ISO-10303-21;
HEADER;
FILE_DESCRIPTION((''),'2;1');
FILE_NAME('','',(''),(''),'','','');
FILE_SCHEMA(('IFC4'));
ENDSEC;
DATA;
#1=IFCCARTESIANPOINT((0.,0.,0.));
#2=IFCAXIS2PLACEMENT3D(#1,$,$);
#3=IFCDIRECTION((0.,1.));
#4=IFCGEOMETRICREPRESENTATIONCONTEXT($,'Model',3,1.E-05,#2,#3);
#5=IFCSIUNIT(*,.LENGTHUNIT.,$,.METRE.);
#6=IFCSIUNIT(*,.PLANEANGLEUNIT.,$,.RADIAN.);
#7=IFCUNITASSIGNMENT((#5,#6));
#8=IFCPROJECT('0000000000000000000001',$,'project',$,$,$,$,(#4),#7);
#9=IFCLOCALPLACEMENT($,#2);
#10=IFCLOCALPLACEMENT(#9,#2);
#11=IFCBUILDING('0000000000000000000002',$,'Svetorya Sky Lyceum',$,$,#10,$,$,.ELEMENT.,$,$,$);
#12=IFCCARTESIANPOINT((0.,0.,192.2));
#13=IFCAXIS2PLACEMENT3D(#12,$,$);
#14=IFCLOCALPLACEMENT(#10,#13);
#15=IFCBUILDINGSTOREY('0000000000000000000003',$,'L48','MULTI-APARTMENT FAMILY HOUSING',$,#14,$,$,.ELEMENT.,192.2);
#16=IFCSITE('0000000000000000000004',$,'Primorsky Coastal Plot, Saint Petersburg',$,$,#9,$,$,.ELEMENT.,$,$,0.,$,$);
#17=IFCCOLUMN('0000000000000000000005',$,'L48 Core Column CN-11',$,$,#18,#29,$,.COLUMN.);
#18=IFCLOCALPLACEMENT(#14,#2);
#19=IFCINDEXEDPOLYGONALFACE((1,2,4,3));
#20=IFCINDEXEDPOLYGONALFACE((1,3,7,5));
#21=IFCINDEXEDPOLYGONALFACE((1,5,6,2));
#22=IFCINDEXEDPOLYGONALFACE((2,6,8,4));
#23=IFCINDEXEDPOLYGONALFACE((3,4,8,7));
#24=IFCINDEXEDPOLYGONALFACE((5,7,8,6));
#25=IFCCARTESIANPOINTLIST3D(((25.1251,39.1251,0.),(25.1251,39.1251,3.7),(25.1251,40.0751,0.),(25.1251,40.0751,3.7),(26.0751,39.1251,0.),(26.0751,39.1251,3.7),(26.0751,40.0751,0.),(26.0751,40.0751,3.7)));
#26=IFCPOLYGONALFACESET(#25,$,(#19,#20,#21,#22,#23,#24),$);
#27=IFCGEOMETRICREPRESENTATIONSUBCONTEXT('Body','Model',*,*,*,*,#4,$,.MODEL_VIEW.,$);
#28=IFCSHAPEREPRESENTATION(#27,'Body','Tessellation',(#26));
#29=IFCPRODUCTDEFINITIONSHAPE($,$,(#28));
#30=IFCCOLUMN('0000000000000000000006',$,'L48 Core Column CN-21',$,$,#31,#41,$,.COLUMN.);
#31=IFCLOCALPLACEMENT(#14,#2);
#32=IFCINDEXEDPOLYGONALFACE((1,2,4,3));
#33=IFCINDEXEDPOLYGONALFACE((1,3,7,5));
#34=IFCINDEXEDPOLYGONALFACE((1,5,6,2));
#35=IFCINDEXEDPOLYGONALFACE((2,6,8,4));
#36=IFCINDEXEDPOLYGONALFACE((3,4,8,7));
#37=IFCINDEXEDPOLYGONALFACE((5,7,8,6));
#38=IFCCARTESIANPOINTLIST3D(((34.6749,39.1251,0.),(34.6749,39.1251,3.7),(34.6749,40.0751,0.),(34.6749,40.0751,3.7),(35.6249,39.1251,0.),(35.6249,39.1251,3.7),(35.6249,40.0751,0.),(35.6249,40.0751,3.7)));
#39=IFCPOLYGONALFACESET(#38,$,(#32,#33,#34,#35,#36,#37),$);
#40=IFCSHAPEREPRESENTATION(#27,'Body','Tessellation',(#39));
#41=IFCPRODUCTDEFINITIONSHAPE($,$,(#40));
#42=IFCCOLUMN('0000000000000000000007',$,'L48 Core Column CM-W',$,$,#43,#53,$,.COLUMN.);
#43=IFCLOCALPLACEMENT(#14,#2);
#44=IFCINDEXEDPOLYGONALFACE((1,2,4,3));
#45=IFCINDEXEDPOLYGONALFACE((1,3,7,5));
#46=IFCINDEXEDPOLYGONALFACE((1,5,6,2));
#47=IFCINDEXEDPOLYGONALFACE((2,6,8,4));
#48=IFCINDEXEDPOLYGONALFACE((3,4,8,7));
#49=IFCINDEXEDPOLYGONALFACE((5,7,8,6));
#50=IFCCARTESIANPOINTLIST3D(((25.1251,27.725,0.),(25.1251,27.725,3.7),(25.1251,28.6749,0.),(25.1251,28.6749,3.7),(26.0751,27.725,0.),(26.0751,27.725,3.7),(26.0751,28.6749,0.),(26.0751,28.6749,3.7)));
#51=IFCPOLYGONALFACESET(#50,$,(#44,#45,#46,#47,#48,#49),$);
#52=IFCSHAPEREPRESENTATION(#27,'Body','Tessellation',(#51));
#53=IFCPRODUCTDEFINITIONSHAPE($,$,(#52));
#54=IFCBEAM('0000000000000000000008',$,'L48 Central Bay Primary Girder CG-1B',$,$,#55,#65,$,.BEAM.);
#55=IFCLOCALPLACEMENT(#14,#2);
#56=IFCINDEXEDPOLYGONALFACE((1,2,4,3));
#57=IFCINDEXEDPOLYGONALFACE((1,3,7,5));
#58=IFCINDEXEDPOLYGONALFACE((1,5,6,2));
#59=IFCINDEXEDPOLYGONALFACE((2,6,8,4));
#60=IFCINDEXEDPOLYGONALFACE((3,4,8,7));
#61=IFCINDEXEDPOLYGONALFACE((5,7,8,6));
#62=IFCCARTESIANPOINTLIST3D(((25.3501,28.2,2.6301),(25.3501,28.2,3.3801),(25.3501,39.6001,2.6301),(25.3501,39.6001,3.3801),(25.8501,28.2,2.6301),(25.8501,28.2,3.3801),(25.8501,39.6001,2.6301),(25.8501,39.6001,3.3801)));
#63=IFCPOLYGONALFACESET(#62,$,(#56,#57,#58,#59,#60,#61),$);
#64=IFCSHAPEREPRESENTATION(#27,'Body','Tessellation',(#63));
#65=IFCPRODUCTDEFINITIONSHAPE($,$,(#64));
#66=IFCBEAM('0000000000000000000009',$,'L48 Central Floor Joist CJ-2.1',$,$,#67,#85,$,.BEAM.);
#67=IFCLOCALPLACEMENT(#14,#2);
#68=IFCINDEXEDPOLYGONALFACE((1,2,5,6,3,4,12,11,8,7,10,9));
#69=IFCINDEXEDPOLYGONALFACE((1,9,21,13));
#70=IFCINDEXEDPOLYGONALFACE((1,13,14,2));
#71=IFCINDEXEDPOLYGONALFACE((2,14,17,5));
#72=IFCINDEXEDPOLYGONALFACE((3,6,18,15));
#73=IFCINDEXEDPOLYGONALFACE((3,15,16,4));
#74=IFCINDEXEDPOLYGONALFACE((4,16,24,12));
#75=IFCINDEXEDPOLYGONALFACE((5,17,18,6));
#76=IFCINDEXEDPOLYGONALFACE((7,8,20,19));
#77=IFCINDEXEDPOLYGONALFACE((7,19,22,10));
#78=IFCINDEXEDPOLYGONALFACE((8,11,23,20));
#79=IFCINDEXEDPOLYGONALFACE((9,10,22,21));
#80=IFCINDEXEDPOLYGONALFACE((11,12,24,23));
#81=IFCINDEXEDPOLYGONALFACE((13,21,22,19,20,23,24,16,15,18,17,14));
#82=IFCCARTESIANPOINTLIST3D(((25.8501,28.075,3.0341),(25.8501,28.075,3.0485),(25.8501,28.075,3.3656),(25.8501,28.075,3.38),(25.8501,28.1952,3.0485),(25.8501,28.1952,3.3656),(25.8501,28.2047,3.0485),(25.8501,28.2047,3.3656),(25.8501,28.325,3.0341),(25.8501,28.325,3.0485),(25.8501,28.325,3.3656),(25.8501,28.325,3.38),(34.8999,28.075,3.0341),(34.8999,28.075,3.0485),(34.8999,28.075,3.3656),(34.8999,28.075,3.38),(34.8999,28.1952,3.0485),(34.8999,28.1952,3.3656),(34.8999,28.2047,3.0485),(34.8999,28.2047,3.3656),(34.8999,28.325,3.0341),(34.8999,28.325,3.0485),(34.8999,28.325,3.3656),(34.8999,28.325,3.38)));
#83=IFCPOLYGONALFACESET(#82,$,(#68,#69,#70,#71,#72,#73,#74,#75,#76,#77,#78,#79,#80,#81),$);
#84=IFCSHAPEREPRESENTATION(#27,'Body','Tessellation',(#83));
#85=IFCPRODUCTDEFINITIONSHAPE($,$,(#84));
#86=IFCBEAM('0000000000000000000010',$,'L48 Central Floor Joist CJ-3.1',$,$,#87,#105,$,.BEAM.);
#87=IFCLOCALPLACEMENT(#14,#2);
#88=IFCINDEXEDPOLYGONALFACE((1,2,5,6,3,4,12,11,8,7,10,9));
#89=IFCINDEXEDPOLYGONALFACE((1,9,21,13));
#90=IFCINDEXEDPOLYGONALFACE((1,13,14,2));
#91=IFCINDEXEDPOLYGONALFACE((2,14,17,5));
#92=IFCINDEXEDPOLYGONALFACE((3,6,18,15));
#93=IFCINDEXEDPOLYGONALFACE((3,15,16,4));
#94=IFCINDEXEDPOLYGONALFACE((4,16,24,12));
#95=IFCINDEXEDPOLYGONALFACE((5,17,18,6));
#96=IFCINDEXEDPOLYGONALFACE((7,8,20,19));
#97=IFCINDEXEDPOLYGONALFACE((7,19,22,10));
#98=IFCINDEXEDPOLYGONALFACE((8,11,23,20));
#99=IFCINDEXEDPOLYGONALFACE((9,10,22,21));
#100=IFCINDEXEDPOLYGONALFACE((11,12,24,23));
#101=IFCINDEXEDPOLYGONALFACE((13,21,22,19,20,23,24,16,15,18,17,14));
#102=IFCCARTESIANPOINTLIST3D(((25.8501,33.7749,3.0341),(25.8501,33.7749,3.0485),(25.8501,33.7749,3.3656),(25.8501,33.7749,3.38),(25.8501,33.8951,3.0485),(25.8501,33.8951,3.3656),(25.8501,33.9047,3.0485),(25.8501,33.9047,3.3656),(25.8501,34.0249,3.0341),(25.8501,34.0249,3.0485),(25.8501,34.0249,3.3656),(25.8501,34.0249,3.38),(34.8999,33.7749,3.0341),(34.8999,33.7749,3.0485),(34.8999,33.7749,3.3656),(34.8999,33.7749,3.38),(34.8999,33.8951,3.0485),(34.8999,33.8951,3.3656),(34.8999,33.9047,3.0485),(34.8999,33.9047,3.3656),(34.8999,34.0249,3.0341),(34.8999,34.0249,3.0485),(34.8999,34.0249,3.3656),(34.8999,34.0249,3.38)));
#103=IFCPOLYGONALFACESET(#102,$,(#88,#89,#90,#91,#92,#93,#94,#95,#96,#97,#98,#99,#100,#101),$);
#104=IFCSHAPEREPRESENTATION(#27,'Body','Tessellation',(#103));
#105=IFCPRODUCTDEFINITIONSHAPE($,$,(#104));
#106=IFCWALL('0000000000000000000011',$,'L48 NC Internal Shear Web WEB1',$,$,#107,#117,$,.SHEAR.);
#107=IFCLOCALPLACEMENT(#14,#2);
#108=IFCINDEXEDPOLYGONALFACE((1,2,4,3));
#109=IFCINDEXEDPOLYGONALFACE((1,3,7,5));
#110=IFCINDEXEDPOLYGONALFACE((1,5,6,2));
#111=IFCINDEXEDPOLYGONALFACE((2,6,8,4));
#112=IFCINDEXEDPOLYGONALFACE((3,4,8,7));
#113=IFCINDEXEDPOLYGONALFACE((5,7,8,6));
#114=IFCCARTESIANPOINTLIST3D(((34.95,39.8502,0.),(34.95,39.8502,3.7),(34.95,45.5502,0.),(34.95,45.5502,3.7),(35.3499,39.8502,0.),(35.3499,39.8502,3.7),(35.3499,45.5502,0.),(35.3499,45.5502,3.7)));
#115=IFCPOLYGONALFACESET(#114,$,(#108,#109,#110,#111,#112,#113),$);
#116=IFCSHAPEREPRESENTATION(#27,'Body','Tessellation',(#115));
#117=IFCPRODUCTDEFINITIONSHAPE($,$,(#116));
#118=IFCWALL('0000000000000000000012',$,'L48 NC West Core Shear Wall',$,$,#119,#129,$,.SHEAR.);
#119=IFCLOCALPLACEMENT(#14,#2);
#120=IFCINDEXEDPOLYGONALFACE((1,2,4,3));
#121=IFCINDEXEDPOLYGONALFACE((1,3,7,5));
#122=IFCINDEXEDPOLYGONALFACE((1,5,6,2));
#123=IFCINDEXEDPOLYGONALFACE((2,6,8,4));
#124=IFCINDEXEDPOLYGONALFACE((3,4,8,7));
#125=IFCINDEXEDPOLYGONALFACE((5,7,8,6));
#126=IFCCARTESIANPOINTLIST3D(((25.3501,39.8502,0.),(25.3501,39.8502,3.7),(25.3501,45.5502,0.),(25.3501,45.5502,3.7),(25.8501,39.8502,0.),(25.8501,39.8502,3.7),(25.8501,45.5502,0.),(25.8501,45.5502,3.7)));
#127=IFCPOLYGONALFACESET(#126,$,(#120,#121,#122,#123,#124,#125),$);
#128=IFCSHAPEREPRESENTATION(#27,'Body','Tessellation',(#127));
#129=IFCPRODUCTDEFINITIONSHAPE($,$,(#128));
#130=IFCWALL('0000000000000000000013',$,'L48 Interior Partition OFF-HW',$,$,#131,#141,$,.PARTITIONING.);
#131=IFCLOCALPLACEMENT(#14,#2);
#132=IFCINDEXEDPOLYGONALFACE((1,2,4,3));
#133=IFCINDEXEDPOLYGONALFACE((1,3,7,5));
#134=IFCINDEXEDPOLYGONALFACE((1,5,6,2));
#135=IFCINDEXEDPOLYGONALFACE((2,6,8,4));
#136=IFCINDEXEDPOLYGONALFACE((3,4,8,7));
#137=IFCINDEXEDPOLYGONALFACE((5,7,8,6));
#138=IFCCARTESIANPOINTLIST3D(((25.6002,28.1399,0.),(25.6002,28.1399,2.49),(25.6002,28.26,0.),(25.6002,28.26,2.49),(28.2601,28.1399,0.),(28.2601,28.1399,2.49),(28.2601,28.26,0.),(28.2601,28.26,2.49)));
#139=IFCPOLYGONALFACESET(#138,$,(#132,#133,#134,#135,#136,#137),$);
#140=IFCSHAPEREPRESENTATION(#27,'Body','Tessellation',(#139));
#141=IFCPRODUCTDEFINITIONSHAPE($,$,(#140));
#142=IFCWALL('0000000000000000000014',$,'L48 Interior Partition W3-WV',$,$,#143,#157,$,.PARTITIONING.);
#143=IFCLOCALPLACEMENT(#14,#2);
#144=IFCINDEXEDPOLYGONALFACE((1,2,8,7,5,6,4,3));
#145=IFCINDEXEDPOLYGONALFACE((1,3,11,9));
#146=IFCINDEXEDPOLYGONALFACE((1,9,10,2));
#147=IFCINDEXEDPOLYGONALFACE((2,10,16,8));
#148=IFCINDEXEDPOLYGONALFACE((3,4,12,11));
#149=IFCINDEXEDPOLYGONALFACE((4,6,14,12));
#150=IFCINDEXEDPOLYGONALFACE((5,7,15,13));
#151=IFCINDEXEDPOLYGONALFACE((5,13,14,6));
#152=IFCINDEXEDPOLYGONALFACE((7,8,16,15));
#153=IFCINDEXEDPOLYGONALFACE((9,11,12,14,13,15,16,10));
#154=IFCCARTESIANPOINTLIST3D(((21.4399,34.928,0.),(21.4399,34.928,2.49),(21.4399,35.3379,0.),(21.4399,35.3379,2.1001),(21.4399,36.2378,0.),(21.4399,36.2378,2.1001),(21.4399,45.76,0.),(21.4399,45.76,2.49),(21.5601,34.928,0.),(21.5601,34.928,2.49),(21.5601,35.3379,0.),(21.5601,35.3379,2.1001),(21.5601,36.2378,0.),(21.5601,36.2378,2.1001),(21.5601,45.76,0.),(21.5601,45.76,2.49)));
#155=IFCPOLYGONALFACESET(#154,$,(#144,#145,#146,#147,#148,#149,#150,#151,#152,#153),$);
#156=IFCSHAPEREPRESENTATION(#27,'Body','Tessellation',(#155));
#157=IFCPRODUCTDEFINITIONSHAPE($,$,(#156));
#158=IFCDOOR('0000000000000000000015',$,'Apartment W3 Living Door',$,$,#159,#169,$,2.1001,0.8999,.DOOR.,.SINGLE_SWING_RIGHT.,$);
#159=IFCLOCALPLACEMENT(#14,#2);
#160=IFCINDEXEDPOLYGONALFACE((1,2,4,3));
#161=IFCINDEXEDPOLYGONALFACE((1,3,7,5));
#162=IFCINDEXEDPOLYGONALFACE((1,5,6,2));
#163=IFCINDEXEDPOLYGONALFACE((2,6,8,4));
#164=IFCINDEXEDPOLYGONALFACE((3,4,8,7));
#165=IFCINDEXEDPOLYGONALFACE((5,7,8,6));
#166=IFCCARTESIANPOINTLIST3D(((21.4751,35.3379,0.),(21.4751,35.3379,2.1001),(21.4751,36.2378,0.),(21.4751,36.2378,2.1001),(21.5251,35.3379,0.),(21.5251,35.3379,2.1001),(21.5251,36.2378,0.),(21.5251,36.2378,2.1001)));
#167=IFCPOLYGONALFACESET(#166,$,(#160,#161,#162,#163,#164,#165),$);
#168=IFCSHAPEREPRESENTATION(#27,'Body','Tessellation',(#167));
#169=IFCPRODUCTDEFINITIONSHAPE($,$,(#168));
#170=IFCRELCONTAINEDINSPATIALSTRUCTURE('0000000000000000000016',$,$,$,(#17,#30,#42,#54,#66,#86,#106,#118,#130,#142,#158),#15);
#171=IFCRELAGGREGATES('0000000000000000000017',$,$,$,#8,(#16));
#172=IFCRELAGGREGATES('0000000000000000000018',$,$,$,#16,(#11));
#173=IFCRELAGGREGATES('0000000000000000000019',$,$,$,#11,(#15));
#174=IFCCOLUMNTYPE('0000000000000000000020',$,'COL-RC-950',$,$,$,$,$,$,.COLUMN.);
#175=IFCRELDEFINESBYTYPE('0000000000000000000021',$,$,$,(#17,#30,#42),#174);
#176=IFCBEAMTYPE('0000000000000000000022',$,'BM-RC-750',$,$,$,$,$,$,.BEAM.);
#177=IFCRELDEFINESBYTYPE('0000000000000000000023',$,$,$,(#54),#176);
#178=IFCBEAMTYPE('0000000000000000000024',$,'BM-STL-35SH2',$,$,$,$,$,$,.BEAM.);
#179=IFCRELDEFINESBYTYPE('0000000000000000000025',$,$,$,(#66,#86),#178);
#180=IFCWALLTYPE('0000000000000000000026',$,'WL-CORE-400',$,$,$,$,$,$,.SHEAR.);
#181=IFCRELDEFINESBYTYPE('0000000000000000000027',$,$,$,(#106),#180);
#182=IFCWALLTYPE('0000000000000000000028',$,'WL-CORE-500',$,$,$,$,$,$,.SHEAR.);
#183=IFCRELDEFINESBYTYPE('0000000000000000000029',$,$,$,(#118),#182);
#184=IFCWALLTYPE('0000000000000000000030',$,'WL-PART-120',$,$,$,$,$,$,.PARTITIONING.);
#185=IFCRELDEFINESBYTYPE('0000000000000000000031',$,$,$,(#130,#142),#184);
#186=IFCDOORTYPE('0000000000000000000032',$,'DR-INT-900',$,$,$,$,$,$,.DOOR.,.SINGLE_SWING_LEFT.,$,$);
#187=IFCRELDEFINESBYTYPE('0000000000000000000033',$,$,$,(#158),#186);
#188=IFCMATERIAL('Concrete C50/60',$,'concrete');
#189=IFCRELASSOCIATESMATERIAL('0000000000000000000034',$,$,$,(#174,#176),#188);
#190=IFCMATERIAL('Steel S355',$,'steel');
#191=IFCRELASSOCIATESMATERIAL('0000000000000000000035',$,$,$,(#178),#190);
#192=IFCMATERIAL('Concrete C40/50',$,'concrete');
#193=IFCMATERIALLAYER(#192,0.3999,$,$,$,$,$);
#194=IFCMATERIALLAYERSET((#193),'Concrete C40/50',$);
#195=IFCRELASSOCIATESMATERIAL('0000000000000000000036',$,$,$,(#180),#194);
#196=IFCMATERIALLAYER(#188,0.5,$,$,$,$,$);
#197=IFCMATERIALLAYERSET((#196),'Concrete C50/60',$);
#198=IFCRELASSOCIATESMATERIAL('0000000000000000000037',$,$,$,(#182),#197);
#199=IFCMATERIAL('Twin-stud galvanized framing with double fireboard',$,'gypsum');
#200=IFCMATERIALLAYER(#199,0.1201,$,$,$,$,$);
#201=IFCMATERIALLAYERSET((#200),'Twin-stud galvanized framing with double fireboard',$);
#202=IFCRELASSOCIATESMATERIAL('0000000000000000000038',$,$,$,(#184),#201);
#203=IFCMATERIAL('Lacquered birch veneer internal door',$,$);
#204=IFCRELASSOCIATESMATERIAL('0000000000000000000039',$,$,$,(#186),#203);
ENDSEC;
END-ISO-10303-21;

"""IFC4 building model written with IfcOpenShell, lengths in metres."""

from ifc_helpers import new_model, si_unit, direction, frame, frame_2d, origin, origin_2d, place, context, subcontext, project, spatial, rectangle, i_section, extrude, material, layer, layer_set, material_profile, profile_set, type_object, element, fill, save


model = new_model("IFC4")

# Units and contexts
model_context = context("Model", 3, precision=1e-05, world=origin(), true_north=direction((0.0, 1.0)))
body_context = subcontext(model_context, "Body", "Model", "MODEL_VIEW")
ifc_project = project(units=[si_unit("LENGTHUNIT", "METRE"), si_unit("PLANEANGLEUNIT", "RADIAN")], contexts=[model_context])

# Site, building, storey
site_placement = place(None, origin())
site = spatial("IfcSite", under=ifc_project, at=site_placement, Name="Primorsky Coastal Plot, Saint Petersburg", CompositionType="ELEMENT", RefElevation=0.0)
building_placement = place(site_placement, origin())
building = spatial("IfcBuilding", under=site, at=building_placement, Name="Svetorya Sky Lyceum", CompositionType="ELEMENT")
storey_placement = place(building_placement, frame((0.0, 0.0, 192.2)))
storey = spatial("IfcBuildingStorey", under=building, at=storey_placement, Name="L48", Description="MULTI-APARTMENT FAMILY HOUSING", CompositionType="ELEMENT", Elevation=192.2)

# Columns
ifc_material_1 = material(Name="Concrete C50/60", Category="concrete")
ifc_material_profile_1 = material_profile(ifc_material_1, rectangle(XDim=0.95, YDim=0.95, at=origin_2d()), Name="RC COL 950x950")
ifc_profile_set_1 = profile_set([ifc_material_profile_1], Name="Concrete C50/60")
column_type = type_object("IfcColumnType", Name="COL-RC-950", PredefinedType="COLUMN", material=ifc_profile_set_1)
for number, where, z_axis, x_axis, name in (
    (1, (25.6001, 39.6001, 0.0), (0.0, 0.0, 1.0), (1.0, 0.0, 0.0), "L48 Core Column CN-11"),
    (2, (35.1499, 39.6001, 0.0), (0.0, 0.0, 1.0), (1.0, 0.0, 0.0), "L48 Core Column CN-21"),
    (3, (25.6001, 28.2, 0.0), (0.0, 0.0, 1.0), (1.0, 0.0, 0.0), "L48 Core Column CM-W"),
):
    element("IfcColumn", number, at=place(storey_placement, frame(where, z_axis=z_axis, x_axis=x_axis)), inside=storey, type_object=column_type, Name=name, PredefinedType="COLUMN", context=body_context, shape_type="SweptSolid", body=[
        extrude(rectangle(XDim=0.95, YDim=0.95, at=origin_2d()), origin(), (0.0, 0.0, 1.0), 3.7),
    ])

# Beams
ifc_material_profile_2 = material_profile(ifc_material_1, rectangle(XDim=0.5, YDim=0.75, at=origin_2d()), Name="RC BEAM 500x750")
ifc_profile_set_2 = profile_set([ifc_material_profile_2], Name="Concrete C50/60")
beam_type_1 = type_object("IfcBeamType", Name="BM-RC-750", PredefinedType="BEAM", material=ifc_profile_set_2)
beam_placement = place(storey_placement, frame((25.6001, 28.2, 3.0051), z_axis=(0.0, 1.0, 0.0), x_axis=(-1.0, 0.0, 0.0)))
element("IfcBeam", 4, at=beam_placement, inside=storey, type_object=beam_type_1, Name="L48 Central Bay Primary Girder CG-1B", PredefinedType="BEAM", context=body_context, shape_type="SweptSolid", body=[
    extrude(rectangle(XDim=0.5, YDim=0.75, at=origin_2d()), origin(), (0.0, 0.0, 1.0), 11.4001),
])
ifc_material_2 = material(Name="Steel S355", Category="steel")
ifc_material_profile_3 = material_profile(ifc_material_2, i_section(OverallWidth=0.25, OverallDepth=0.3459, WebThickness=0.0095, FlangeThickness=0.0144, at=origin_2d()), Name="GOST 35Sh2")
ifc_profile_set_3 = profile_set([ifc_material_profile_3], Name="Steel S355")
beam_type_2 = type_object("IfcBeamType", Name="BM-STL-35SH2", PredefinedType="BEAM", material=ifc_profile_set_3)
for number, where, z_axis, x_axis, name in (
    (5, (25.8501, 28.2, 3.207), (1.0, 0.0, 0.0), (0.0, 1.0, 0.0), "L48 Central Floor Joist CJ-2.1"),
    (6, (25.8501, 33.8999, 3.207), (1.0, 0.0, 0.0), (0.0, 1.0, 0.0), "L48 Central Floor Joist CJ-3.1"),
):
    element("IfcBeam", number, at=place(storey_placement, frame(where, z_axis=z_axis, x_axis=x_axis)), inside=storey, type_object=beam_type_2, Name=name, PredefinedType="BEAM", context=body_context, shape_type="SweptSolid", body=[
        extrude(i_section(OverallWidth=0.25, OverallDepth=0.3459, WebThickness=0.0095, FlangeThickness=0.0144, at=origin_2d()), origin(), (0.0, 0.0, 1.0), 9.0498),
    ])

# Walls
ifc_material_3 = material(Name="Concrete C40/50", Category="concrete")
ifc_layer_1 = layer(ifc_material_3, 0.3999)
ifc_layer_set_1 = layer_set([ifc_layer_1], Name="Concrete C40/50")
wall_type_1 = type_object("IfcWallType", Name="WL-CORE-400", PredefinedType="SHEAR", material=ifc_layer_set_1)
wall_1_placement = place(storey_placement, frame((35.1499, 39.8501, 0.0), z_axis=(0.0, 0.0, 1.0), x_axis=(0.0, 1.0, 0.0)))
element("IfcWall", 7, at=wall_1_placement, inside=storey, type_object=wall_type_1, Name="L48 NC Internal Shear Web WEB1", PredefinedType="SHEAR", context=body_context, shape_type="SweptSolid", body=[
    extrude(rectangle(XDim=5.7, YDim=0.3999, at=frame_2d((2.8501, 0.0))), origin(), (0.0, 0.0, 1.0), 3.7),
])
ifc_layer_2 = layer(ifc_material_1, 0.5)
ifc_layer_set_2 = layer_set([ifc_layer_2], Name="Concrete C50/60")
wall_type_2 = type_object("IfcWallType", Name="WL-CORE-500", PredefinedType="SHEAR", material=ifc_layer_set_2)
wall_2_placement = place(storey_placement, frame((25.6001, 39.8501, 0.0), z_axis=(0.0, 0.0, 1.0), x_axis=(0.0, 1.0, 0.0)))
element("IfcWall", 8, at=wall_2_placement, inside=storey, type_object=wall_type_2, Name="L48 NC West Core Shear Wall", PredefinedType="SHEAR", context=body_context, shape_type="SweptSolid", body=[
    extrude(rectangle(XDim=5.7, YDim=0.5, at=frame_2d((2.8501, 0.0))), origin(), (0.0, 0.0, 1.0), 3.7),
])
ifc_material_4 = material(Name="Twin-stud galvanized framing with double fireboard", Category="gypsum")
ifc_layer_3 = layer(ifc_material_4, 0.1201)
ifc_layer_set_3 = layer_set([ifc_layer_3], Name="Twin-stud galvanized framing with double fireboard")
wall_type_3 = type_object("IfcWallType", Name="WL-PART-120", PredefinedType="PARTITIONING", material=ifc_layer_set_3)
wall_3_placement = place(storey_placement, frame((25.6001, 28.2, 0.0), z_axis=(0.0, 0.0, 1.0), x_axis=(1.0, 0.0, 0.0)))
element("IfcWall", 9, at=wall_3_placement, inside=storey, type_object=wall_type_3, Name="L48 Interior Partition OFF-HW", PredefinedType="PARTITIONING", context=body_context, shape_type="SweptSolid", body=[
    extrude(rectangle(XDim=2.6599, YDim=0.1201, at=frame_2d((1.3301, 0.0))), origin(), (0.0, 0.0, 1.0), 2.49),
])

# Wall, opening, door
wall_4_placement = place(storey_placement, frame((21.5, 34.928, 0.0), z_axis=(0.0, 0.0, 1.0), x_axis=(0.0, 1.0, 0.0)))
wall_4 = element("IfcWall", 10, at=wall_4_placement, inside=storey, type_object=wall_type_3, Name="L48 Interior Partition W3-WV", PredefinedType="PARTITIONING", context=body_context, shape_type="SweptSolid", body=[
    extrude(rectangle(XDim=10.832, YDim=0.1201, at=frame_2d((5.416, 0.0))), origin(), (0.0, 0.0, 1.0), 2.49),
])
opening_1_placement = place(wall_4_placement, frame((0.4099, 0.0, 0.0)))
opening_1 = element("IfcOpeningElement", 11, at=opening_1_placement, cuts=wall_4, PredefinedType="OPENING", context=body_context, shape_type="SweptSolid", body=[
    extrude(rectangle(XDim=0.8999, YDim=2.1001, at=frame_2d((0.45, 1.05))), frame((0.0, 0.0701, 0.0), z_axis=(0.0, -1.0, 0.0), x_axis=(1.0, 0.0, 0.0)), (0.0, 0.0, 1.0), 0.1401),
])
ifc_material_5 = material(Name="Lacquered birch veneer internal door")
door_type_1 = type_object("IfcDoorType", Name="DR-INT-900", OperationType="SINGLE_SWING_LEFT", PredefinedType="DOOR", material=ifc_material_5)
door_1_placement = place(opening_1_placement, origin())
door_1 = element("IfcDoor", 12, at=door_1_placement, inside=storey, type_object=door_type_1, Name="Apartment W3 Living Door", OperationType="SINGLE_SWING_RIGHT", OverallHeight=2.1001, OverallWidth=0.8999, PredefinedType="DOOR", context=body_context, shape_type="SweptSolid", body=[
    extrude(rectangle(XDim=0.8999, YDim=2.1001, at=frame_2d((0.45, 1.05))), frame((0.0, 0.0249, 0.0), z_axis=(0.0, -1.0, 0.0), x_axis=(1.0, 0.0, 0.0)), (0.0, 0.0, 1.0), 0.05),
])
fill(opening_1, door_1)

save(model, "model.ifc")
